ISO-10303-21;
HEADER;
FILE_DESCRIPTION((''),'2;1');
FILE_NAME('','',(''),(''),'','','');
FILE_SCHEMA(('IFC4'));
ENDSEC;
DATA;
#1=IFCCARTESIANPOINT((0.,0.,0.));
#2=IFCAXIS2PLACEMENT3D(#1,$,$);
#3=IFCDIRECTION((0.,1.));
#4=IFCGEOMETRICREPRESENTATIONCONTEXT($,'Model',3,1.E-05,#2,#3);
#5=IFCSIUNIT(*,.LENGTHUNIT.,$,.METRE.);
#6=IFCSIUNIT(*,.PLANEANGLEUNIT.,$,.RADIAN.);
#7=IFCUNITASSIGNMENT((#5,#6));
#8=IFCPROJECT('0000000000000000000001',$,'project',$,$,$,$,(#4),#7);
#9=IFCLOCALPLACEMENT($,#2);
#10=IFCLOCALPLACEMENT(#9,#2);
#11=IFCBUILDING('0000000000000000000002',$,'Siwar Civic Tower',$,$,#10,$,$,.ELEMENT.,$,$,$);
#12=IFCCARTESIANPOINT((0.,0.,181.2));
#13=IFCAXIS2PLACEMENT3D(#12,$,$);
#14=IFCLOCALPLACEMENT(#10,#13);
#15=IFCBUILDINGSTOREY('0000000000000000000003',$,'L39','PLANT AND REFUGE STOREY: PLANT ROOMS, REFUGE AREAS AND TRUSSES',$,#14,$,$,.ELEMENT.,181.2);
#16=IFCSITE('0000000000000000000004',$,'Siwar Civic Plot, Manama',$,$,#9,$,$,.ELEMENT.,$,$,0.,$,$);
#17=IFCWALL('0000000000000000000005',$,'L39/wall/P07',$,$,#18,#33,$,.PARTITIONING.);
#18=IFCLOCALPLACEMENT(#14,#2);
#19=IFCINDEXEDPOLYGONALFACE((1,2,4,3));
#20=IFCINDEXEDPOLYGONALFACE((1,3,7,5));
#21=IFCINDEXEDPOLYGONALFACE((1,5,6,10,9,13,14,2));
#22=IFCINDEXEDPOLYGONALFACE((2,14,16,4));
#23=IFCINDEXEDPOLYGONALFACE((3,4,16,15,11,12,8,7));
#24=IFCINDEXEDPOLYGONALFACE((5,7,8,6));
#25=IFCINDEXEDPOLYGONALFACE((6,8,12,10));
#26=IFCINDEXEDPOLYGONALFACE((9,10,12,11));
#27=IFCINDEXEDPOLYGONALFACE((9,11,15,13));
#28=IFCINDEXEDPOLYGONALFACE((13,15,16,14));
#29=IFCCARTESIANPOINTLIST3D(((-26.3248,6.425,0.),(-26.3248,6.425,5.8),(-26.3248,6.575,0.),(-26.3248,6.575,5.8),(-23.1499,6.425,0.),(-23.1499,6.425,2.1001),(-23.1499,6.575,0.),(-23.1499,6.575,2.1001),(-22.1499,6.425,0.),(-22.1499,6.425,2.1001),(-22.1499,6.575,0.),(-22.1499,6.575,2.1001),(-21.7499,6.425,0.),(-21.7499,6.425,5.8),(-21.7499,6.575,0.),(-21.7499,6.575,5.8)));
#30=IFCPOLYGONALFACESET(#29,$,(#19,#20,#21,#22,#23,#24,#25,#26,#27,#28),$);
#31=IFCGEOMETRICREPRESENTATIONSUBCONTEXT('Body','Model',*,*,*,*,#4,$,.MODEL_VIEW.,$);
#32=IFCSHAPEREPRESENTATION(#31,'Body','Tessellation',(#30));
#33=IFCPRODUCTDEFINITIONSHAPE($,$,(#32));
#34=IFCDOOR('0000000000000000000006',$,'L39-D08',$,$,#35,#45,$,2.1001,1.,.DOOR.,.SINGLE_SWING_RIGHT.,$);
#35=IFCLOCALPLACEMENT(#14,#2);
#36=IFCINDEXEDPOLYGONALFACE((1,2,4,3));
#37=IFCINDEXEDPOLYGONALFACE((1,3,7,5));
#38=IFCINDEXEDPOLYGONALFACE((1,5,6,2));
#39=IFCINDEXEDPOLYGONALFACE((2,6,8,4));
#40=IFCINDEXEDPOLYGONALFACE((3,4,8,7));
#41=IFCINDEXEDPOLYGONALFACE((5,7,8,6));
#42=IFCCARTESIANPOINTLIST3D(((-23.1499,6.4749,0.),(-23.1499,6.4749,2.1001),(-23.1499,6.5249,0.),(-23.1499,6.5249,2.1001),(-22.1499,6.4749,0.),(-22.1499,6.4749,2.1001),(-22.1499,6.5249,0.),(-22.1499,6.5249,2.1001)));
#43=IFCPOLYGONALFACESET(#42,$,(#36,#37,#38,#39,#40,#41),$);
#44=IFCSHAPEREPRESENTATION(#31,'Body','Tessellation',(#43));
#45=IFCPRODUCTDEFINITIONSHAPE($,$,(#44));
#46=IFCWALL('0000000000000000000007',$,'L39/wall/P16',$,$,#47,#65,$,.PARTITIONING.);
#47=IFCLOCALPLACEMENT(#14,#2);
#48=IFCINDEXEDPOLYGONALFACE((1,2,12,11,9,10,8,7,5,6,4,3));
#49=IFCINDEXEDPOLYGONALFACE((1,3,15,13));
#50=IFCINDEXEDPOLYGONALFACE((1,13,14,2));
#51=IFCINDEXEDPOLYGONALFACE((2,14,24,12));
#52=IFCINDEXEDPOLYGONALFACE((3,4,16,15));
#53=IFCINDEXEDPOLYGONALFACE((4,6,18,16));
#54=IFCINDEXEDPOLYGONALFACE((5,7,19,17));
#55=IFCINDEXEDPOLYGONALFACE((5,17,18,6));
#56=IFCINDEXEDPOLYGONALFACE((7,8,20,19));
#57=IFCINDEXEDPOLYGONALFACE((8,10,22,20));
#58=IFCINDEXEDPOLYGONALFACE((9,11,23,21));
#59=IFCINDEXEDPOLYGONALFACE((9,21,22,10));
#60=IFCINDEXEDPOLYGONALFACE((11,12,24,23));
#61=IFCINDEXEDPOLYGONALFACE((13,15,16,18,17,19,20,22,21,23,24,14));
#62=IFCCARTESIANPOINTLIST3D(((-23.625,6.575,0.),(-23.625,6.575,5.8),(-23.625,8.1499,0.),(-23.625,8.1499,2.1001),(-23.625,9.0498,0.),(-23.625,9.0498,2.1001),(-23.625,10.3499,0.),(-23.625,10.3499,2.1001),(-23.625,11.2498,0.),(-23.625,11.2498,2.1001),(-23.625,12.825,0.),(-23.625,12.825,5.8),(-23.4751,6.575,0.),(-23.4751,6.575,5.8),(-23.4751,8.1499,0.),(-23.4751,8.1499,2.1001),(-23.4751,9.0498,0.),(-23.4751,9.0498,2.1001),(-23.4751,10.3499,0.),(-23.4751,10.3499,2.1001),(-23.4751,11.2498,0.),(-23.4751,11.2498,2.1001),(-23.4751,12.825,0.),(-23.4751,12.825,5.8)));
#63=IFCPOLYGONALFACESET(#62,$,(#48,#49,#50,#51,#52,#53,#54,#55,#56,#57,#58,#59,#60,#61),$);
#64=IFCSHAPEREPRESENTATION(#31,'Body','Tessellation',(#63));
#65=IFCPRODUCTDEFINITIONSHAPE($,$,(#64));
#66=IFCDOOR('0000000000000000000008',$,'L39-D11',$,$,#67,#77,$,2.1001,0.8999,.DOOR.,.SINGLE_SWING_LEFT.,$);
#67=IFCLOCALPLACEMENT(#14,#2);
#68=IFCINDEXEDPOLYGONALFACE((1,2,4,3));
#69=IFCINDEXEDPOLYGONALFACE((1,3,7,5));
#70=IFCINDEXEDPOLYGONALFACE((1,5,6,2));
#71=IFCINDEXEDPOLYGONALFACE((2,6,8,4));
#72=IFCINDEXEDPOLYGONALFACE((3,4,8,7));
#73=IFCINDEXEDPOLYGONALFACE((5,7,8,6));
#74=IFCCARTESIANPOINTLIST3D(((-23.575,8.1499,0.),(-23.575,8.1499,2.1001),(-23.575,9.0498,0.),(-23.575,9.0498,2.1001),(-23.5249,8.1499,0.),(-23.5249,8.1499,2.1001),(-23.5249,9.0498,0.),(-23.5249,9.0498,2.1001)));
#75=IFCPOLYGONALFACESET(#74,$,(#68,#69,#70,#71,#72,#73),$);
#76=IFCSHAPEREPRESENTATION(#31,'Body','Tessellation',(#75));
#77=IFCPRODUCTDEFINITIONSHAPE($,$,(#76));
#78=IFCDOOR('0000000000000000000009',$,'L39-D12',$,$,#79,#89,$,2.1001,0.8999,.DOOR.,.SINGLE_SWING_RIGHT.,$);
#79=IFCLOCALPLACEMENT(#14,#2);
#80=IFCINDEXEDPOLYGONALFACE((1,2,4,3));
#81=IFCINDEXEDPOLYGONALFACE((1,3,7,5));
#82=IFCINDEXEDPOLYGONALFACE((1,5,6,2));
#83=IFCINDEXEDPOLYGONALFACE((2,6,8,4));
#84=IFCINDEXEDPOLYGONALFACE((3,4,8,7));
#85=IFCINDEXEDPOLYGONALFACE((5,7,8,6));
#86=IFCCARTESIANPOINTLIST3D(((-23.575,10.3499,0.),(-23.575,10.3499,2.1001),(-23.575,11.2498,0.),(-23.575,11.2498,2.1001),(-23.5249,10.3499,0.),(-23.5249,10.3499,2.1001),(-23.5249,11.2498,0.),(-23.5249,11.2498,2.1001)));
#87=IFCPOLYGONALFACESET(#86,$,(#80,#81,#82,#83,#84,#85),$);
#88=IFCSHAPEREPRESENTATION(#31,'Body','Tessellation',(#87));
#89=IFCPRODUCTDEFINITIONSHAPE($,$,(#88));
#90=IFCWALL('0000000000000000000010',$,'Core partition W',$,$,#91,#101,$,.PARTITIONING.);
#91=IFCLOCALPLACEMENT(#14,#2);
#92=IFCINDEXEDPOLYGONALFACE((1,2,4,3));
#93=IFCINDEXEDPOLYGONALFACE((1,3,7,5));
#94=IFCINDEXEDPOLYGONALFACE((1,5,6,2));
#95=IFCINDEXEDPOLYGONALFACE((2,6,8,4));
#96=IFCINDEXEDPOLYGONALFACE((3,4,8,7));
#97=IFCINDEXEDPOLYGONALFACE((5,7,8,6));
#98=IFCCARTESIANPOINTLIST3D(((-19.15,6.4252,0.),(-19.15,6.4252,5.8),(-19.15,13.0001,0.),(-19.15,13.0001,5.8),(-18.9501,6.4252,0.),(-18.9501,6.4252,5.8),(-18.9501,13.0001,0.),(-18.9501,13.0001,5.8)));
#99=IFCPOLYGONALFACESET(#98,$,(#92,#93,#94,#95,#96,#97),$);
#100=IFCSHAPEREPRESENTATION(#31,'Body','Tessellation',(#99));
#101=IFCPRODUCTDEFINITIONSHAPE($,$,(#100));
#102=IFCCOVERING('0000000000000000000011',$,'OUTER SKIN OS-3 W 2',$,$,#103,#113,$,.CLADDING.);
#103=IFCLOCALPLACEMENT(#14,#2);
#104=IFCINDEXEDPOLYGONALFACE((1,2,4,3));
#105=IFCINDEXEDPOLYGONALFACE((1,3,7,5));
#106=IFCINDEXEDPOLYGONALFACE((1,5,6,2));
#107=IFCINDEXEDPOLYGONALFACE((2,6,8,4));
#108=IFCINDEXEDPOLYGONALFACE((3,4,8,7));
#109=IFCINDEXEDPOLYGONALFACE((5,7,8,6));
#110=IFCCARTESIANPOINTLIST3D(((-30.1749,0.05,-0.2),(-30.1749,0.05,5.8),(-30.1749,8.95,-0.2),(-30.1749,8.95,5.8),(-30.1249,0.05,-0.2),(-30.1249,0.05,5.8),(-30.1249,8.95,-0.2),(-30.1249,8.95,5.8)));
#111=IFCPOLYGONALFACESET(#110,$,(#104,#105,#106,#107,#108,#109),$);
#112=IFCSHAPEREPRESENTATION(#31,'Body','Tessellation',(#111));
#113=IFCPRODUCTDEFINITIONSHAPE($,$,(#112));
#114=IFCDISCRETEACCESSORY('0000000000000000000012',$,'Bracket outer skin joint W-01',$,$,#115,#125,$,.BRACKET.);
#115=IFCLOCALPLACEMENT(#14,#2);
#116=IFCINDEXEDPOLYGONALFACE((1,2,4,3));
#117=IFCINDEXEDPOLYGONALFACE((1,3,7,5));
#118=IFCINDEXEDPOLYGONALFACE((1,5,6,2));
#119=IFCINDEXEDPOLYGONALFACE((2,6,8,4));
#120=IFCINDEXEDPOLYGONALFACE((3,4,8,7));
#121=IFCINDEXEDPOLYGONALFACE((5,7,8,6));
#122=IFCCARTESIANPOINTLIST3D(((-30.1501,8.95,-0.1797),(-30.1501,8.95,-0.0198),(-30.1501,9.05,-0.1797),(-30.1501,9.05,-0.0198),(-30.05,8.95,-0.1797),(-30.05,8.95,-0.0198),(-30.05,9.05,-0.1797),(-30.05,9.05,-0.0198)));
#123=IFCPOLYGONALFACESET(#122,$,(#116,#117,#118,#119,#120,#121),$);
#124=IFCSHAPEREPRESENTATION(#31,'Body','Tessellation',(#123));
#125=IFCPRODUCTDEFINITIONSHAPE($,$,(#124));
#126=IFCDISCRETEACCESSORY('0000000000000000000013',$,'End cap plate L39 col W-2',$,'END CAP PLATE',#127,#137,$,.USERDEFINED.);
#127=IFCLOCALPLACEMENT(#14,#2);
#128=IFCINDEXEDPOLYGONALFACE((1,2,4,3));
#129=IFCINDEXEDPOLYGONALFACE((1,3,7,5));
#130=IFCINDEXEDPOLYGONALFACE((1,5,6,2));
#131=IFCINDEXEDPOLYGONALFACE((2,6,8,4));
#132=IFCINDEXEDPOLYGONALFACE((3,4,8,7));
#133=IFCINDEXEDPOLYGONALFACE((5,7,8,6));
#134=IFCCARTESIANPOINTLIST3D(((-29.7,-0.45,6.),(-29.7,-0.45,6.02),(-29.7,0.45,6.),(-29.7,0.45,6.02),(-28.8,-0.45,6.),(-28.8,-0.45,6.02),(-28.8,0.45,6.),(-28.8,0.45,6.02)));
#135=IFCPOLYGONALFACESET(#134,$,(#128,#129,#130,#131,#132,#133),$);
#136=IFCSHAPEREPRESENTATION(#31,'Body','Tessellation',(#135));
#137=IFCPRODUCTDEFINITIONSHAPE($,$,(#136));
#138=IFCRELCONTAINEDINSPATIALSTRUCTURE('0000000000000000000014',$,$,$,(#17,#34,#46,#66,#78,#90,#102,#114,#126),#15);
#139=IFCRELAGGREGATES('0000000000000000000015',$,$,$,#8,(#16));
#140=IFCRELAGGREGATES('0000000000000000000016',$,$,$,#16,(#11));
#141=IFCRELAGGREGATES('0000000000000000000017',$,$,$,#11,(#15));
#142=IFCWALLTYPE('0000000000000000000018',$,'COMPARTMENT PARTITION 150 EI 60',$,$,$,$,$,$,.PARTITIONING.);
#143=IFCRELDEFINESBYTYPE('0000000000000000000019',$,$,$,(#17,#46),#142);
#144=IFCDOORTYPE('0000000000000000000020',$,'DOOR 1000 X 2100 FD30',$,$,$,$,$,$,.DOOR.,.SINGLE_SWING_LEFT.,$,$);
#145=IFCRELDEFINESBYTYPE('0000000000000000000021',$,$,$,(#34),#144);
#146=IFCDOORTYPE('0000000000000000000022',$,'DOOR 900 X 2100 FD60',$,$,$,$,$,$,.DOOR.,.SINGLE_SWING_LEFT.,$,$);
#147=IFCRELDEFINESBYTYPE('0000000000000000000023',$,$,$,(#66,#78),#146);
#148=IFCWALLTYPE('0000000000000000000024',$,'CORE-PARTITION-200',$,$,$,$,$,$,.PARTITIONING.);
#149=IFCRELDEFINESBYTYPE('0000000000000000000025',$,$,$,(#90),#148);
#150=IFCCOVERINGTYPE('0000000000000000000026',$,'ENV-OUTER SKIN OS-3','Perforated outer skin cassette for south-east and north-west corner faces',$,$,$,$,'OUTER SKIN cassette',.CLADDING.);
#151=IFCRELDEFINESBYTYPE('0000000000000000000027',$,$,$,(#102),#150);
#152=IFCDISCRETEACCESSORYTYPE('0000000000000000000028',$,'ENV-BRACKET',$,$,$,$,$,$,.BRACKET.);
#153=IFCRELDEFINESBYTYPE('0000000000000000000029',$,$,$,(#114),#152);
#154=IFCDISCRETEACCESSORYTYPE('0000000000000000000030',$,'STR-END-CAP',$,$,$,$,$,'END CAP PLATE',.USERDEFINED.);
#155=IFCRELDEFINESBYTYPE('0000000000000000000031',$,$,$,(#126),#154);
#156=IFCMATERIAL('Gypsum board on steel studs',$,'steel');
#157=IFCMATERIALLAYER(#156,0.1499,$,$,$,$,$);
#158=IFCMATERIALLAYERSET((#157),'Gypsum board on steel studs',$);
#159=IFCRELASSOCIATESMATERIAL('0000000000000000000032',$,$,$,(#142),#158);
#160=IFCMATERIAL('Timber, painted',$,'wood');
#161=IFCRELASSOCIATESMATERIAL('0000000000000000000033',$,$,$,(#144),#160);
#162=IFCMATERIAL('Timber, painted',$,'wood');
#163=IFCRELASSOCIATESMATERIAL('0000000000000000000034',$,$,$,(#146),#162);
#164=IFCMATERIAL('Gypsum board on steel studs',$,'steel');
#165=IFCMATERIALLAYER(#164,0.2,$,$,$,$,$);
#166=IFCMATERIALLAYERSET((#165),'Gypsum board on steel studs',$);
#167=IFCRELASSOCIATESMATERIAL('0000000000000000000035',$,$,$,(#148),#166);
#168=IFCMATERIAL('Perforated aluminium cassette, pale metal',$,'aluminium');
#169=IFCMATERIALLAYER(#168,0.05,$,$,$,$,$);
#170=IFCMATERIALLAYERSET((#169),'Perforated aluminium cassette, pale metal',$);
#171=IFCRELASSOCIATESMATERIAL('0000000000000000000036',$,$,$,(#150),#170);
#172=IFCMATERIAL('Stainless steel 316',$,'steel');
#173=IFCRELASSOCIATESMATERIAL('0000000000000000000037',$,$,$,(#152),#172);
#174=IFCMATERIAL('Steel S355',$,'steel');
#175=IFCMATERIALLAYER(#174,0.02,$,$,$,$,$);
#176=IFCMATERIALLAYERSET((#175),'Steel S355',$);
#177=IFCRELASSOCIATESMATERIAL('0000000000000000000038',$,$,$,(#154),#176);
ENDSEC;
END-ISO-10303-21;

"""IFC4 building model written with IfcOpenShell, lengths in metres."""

from ifc_helpers import new_model, si_unit, direction, frame, frame_2d, origin, origin_2d, place, context, subcontext, project, spatial, rectangle, extrude, material, layer, layer_set, type_object, element, fill, save


model = new_model("IFC4")

# Units and contexts
model_context = context("Model", 3, precision=1e-05, world=origin(), true_north=direction((0.0, 1.0)))
body_context = subcontext(model_context, "Body", "Model", "MODEL_VIEW")
ifc_project = project(units=[si_unit("LENGTHUNIT", "METRE"), si_unit("PLANEANGLEUNIT", "RADIAN")], contexts=[model_context])

# Site, building, storey
site_placement = place(None, origin())
site = spatial("IfcSite", under=ifc_project, at=site_placement, Name="Siwar Civic Plot, Manama", CompositionType="ELEMENT", RefElevation=0.0)
building_placement = place(site_placement, origin())
building = spatial("IfcBuilding", under=site, at=building_placement, Name="Siwar Civic Tower", CompositionType="ELEMENT")
storey_placement = place(building_placement, frame((0.0, 0.0, 181.2)))
storey = spatial("IfcBuildingStorey", under=building, at=storey_placement, Name="L39", Description="PLANT AND REFUGE STOREY: PLANT ROOMS, REFUGE AREAS AND TRUSSES", CompositionType="ELEMENT", Elevation=181.2)

# Wall, opening, door
ifc_material_1 = material(Name="Gypsum board on steel studs", Category="steel")
ifc_layer_1 = layer(ifc_material_1, 0.1499)
ifc_layer_set_1 = layer_set([ifc_layer_1], Name="Gypsum board on steel studs")
wall_type_1 = type_object("IfcWallType", Name="COMPARTMENT PARTITION 150 EI 60", PredefinedType="PARTITIONING", material=ifc_layer_set_1)
wall_1_placement = place(storey_placement, frame((-26.325, 6.5, 0.0), z_axis=(0.0, 0.0, 1.0), x_axis=(1.0, 0.0, 0.0)))
wall_1 = element("IfcWall", 1, at=wall_1_placement, inside=storey, type_object=wall_type_1, Name="L39/wall/P07", PredefinedType="PARTITIONING", context=body_context, shape_type="SweptSolid", body=[
    extrude(rectangle(XDim=4.575, YDim=0.1499, at=frame_2d((2.2876, 0.0))), origin(), (0.0, 0.0, 1.0), 5.8),
])
opening_1_placement = place(wall_1_placement, frame((3.175, 0.0, 0.0)))
opening_1 = element("IfcOpeningElement", 2, at=opening_1_placement, cuts=wall_1, PredefinedType="OPENING", context=body_context, shape_type="SweptSolid", body=[
    extrude(rectangle(XDim=1.0, YDim=2.1001, at=frame_2d((0.5, 1.05))), frame((0.0, 0.085, 0.0), z_axis=(0.0, -1.0, 0.0), x_axis=(1.0, 0.0, 0.0)), (0.0, 0.0, 1.0), 0.1699),
])
ifc_material_2 = material(Name="Timber, painted", Category="wood")
door_type_1 = type_object("IfcDoorType", Name="DOOR 1000 X 2100 FD30", OperationType="SINGLE_SWING_LEFT", PredefinedType="DOOR", material=ifc_material_2)
door_1_placement = place(opening_1_placement, origin())
door_1 = element("IfcDoor", 3, at=door_1_placement, inside=storey, type_object=door_type_1, Name="L39-D08", OperationType="SINGLE_SWING_RIGHT", OverallHeight=2.1001, OverallWidth=1.0, PredefinedType="DOOR", context=body_context, shape_type="SweptSolid", body=[
    extrude(rectangle(XDim=1.0, YDim=2.1001, at=frame_2d((0.5, 1.05))), frame((0.0, 0.0249, 0.0), z_axis=(0.0, -1.0, 0.0), x_axis=(1.0, 0.0, 0.0)), (0.0, 0.0, 1.0), 0.05),
])
fill(opening_1, door_1)

# Wall, openings, doors
wall_2_placement = place(storey_placement, frame((-23.55, 6.575, 0.0), z_axis=(0.0, 0.0, 1.0), x_axis=(0.0, 1.0, 0.0)))
wall_2 = element("IfcWall", 4, at=wall_2_placement, inside=storey, type_object=wall_type_1, Name="L39/wall/P16", PredefinedType="PARTITIONING", context=body_context, shape_type="SweptSolid", body=[
    extrude(rectangle(XDim=6.25, YDim=0.1499, at=frame_2d((3.125, 0.0))), origin(), (0.0, 0.0, 1.0), 5.8),
])
opening_2_placement = place(wall_2_placement, frame((1.575, 0.0, 0.0)))
opening_2 = element("IfcOpeningElement", 5, at=opening_2_placement, cuts=wall_2, PredefinedType="OPENING", context=body_context, shape_type="SweptSolid", body=[
    extrude(rectangle(XDim=0.8999, YDim=2.1001, at=frame_2d((0.45, 1.05))), frame((0.0, 0.085, 0.0), z_axis=(0.0, -1.0, 0.0), x_axis=(1.0, 0.0, 0.0)), (0.0, 0.0, 1.0), 0.1699),
])
opening_3_placement = place(wall_2_placement, frame((3.7749, 0.0, 0.0)))
opening_3 = element("IfcOpeningElement", 6, at=opening_3_placement, cuts=wall_2, PredefinedType="OPENING", context=body_context, shape_type="SweptSolid", body=[
    extrude(rectangle(XDim=0.8999, YDim=2.1001, at=frame_2d((0.45, 1.05))), frame((0.0, 0.085, 0.0), z_axis=(0.0, -1.0, 0.0), x_axis=(1.0, 0.0, 0.0)), (0.0, 0.0, 1.0), 0.1699),
])
ifc_material_3 = material(Name="Timber, painted", Category="wood")
door_type_2 = type_object("IfcDoorType", Name="DOOR 900 X 2100 FD60", OperationType="SINGLE_SWING_LEFT", PredefinedType="DOOR", material=ifc_material_3)
door_2_placement = place(opening_2_placement, origin())
door_2 = element("IfcDoor", 7, at=door_2_placement, inside=storey, type_object=door_type_2, Name="L39-D11", OperationType="SINGLE_SWING_LEFT", OverallHeight=2.1001, OverallWidth=0.8999, PredefinedType="DOOR", context=body_context, shape_type="SweptSolid", body=[
    extrude(rectangle(XDim=0.8999, YDim=2.1001, at=frame_2d((0.45, 1.05))), frame((0.0, 0.0249, 0.0), z_axis=(0.0, -1.0, 0.0), x_axis=(1.0, 0.0, 0.0)), (0.0, 0.0, 1.0), 0.05),
])
fill(opening_2, door_2)
door_3_placement = place(opening_3_placement, origin())
door_3 = element("IfcDoor", 8, at=door_3_placement, inside=storey, type_object=door_type_2, Name="L39-D12", OperationType="SINGLE_SWING_RIGHT", OverallHeight=2.1001, OverallWidth=0.8999, PredefinedType="DOOR", context=body_context, shape_type="SweptSolid", body=[
    extrude(rectangle(XDim=0.8999, YDim=2.1001, at=frame_2d((0.45, 1.05))), frame((0.0, 0.0249, 0.0), z_axis=(0.0, -1.0, 0.0), x_axis=(1.0, 0.0, 0.0)), (0.0, 0.0, 1.0), 0.05),
])
fill(opening_3, door_3)

# Wall
ifc_material_4 = material(Name="Gypsum board on steel studs", Category="steel")
ifc_layer_2 = layer(ifc_material_4, 0.2)
ifc_layer_set_2 = layer_set([ifc_layer_2], Name="Gypsum board on steel studs")
wall_type_2 = type_object("IfcWallType", Name="CORE-PARTITION-200", PredefinedType="PARTITIONING", material=ifc_layer_set_2)
wall_3_placement = place(storey_placement, frame((-19.05, 6.425, 0.0), z_axis=(0.0, 0.0, 1.0), x_axis=(0.0, 1.0, 0.0)))
element("IfcWall", 9, at=wall_3_placement, inside=storey, type_object=wall_type_2, Name="Core partition W", PredefinedType="PARTITIONING", context=body_context, shape_type="SweptSolid", body=[
    extrude(rectangle(XDim=6.575, YDim=0.2, at=frame_2d((3.2876, 0.0))), origin(), (0.0, 0.0, 1.0), 5.8),
])

# Covering
ifc_material_5 = material(Name="Perforated aluminium cassette, pale metal", Category="aluminium")
ifc_layer_3 = layer(ifc_material_5, 0.05)
ifc_layer_set_3 = layer_set([ifc_layer_3], Name="Perforated aluminium cassette, pale metal")
covering_type = type_object("IfcCoveringType", Name="ENV-OUTER SKIN OS-3", Description="Perforated outer skin cassette for south-east and north-west corner faces", ElementType="OUTER SKIN cassette", PredefinedType="CLADDING", material=ifc_layer_set_3)
covering_placement = place(storey_placement, frame((-30.1499, 4.5, -0.2), z_axis=(0.0, 0.0, 1.0), x_axis=(0.0, -1.0, 0.0)))
element("IfcCovering", 10, at=covering_placement, inside=storey, type_object=covering_type, Name="OUTER SKIN OS-3 W 2", PredefinedType="CLADDING", context=body_context, shape_type="SweptSolid", body=[
    extrude(rectangle(XDim=8.8999, YDim=0.05, at=origin_2d()), origin(), (0.0, 0.0, 1.0), 6.0),
])

# Discrete accessories
ifc_material_6 = material(Name="Stainless steel 316", Category="steel")
discrete_accessory_type_1 = type_object("IfcDiscreteAccessoryType", Name="ENV-BRACKET", PredefinedType="BRACKET", material=ifc_material_6)
discrete_accessory_1_placement = place(storey_placement, frame((-30.1001, 9.0, -0.1797), z_axis=(0.0, 0.0, 1.0), x_axis=(-1.0, 0.0, 0.0)))
element("IfcDiscreteAccessory", 11, at=discrete_accessory_1_placement, inside=storey, type_object=discrete_accessory_type_1, Name="Bracket outer skin joint W-01", PredefinedType="BRACKET", context=body_context, shape_type="SweptSolid", body=[
    extrude(rectangle(XDim=0.1001, YDim=0.1001, at=origin_2d()), origin(), (0.0, 0.0, 1.0), 0.1599),
])
ifc_material_7 = material(Name="Steel S355", Category="steel")
ifc_layer_4 = layer(ifc_material_7, 0.02)
ifc_layer_set_4 = layer_set([ifc_layer_4], Name="Steel S355")
discrete_accessory_type_2 = type_object("IfcDiscreteAccessoryType", Name="STR-END-CAP", ElementType="END CAP PLATE", PredefinedType="USERDEFINED", material=ifc_layer_set_4)
discrete_accessory_2_placement = place(storey_placement, frame((-29.25, 0.0, 6.0), z_axis=(0.0, 0.0, 1.0), x_axis=(1.0, 0.0, 0.0)))
element("IfcDiscreteAccessory", 12, at=discrete_accessory_2_placement, inside=storey, type_object=discrete_accessory_type_2, Name="End cap plate L39 col W-2", ObjectType="END CAP PLATE", PredefinedType="USERDEFINED", context=body_context, shape_type="SweptSolid", body=[
    extrude(rectangle(XDim=0.8999, YDim=0.8999, at=origin_2d()), origin(), (0.0, 0.0, 1.0), 0.02),
])

save(model, "model.ifc")
